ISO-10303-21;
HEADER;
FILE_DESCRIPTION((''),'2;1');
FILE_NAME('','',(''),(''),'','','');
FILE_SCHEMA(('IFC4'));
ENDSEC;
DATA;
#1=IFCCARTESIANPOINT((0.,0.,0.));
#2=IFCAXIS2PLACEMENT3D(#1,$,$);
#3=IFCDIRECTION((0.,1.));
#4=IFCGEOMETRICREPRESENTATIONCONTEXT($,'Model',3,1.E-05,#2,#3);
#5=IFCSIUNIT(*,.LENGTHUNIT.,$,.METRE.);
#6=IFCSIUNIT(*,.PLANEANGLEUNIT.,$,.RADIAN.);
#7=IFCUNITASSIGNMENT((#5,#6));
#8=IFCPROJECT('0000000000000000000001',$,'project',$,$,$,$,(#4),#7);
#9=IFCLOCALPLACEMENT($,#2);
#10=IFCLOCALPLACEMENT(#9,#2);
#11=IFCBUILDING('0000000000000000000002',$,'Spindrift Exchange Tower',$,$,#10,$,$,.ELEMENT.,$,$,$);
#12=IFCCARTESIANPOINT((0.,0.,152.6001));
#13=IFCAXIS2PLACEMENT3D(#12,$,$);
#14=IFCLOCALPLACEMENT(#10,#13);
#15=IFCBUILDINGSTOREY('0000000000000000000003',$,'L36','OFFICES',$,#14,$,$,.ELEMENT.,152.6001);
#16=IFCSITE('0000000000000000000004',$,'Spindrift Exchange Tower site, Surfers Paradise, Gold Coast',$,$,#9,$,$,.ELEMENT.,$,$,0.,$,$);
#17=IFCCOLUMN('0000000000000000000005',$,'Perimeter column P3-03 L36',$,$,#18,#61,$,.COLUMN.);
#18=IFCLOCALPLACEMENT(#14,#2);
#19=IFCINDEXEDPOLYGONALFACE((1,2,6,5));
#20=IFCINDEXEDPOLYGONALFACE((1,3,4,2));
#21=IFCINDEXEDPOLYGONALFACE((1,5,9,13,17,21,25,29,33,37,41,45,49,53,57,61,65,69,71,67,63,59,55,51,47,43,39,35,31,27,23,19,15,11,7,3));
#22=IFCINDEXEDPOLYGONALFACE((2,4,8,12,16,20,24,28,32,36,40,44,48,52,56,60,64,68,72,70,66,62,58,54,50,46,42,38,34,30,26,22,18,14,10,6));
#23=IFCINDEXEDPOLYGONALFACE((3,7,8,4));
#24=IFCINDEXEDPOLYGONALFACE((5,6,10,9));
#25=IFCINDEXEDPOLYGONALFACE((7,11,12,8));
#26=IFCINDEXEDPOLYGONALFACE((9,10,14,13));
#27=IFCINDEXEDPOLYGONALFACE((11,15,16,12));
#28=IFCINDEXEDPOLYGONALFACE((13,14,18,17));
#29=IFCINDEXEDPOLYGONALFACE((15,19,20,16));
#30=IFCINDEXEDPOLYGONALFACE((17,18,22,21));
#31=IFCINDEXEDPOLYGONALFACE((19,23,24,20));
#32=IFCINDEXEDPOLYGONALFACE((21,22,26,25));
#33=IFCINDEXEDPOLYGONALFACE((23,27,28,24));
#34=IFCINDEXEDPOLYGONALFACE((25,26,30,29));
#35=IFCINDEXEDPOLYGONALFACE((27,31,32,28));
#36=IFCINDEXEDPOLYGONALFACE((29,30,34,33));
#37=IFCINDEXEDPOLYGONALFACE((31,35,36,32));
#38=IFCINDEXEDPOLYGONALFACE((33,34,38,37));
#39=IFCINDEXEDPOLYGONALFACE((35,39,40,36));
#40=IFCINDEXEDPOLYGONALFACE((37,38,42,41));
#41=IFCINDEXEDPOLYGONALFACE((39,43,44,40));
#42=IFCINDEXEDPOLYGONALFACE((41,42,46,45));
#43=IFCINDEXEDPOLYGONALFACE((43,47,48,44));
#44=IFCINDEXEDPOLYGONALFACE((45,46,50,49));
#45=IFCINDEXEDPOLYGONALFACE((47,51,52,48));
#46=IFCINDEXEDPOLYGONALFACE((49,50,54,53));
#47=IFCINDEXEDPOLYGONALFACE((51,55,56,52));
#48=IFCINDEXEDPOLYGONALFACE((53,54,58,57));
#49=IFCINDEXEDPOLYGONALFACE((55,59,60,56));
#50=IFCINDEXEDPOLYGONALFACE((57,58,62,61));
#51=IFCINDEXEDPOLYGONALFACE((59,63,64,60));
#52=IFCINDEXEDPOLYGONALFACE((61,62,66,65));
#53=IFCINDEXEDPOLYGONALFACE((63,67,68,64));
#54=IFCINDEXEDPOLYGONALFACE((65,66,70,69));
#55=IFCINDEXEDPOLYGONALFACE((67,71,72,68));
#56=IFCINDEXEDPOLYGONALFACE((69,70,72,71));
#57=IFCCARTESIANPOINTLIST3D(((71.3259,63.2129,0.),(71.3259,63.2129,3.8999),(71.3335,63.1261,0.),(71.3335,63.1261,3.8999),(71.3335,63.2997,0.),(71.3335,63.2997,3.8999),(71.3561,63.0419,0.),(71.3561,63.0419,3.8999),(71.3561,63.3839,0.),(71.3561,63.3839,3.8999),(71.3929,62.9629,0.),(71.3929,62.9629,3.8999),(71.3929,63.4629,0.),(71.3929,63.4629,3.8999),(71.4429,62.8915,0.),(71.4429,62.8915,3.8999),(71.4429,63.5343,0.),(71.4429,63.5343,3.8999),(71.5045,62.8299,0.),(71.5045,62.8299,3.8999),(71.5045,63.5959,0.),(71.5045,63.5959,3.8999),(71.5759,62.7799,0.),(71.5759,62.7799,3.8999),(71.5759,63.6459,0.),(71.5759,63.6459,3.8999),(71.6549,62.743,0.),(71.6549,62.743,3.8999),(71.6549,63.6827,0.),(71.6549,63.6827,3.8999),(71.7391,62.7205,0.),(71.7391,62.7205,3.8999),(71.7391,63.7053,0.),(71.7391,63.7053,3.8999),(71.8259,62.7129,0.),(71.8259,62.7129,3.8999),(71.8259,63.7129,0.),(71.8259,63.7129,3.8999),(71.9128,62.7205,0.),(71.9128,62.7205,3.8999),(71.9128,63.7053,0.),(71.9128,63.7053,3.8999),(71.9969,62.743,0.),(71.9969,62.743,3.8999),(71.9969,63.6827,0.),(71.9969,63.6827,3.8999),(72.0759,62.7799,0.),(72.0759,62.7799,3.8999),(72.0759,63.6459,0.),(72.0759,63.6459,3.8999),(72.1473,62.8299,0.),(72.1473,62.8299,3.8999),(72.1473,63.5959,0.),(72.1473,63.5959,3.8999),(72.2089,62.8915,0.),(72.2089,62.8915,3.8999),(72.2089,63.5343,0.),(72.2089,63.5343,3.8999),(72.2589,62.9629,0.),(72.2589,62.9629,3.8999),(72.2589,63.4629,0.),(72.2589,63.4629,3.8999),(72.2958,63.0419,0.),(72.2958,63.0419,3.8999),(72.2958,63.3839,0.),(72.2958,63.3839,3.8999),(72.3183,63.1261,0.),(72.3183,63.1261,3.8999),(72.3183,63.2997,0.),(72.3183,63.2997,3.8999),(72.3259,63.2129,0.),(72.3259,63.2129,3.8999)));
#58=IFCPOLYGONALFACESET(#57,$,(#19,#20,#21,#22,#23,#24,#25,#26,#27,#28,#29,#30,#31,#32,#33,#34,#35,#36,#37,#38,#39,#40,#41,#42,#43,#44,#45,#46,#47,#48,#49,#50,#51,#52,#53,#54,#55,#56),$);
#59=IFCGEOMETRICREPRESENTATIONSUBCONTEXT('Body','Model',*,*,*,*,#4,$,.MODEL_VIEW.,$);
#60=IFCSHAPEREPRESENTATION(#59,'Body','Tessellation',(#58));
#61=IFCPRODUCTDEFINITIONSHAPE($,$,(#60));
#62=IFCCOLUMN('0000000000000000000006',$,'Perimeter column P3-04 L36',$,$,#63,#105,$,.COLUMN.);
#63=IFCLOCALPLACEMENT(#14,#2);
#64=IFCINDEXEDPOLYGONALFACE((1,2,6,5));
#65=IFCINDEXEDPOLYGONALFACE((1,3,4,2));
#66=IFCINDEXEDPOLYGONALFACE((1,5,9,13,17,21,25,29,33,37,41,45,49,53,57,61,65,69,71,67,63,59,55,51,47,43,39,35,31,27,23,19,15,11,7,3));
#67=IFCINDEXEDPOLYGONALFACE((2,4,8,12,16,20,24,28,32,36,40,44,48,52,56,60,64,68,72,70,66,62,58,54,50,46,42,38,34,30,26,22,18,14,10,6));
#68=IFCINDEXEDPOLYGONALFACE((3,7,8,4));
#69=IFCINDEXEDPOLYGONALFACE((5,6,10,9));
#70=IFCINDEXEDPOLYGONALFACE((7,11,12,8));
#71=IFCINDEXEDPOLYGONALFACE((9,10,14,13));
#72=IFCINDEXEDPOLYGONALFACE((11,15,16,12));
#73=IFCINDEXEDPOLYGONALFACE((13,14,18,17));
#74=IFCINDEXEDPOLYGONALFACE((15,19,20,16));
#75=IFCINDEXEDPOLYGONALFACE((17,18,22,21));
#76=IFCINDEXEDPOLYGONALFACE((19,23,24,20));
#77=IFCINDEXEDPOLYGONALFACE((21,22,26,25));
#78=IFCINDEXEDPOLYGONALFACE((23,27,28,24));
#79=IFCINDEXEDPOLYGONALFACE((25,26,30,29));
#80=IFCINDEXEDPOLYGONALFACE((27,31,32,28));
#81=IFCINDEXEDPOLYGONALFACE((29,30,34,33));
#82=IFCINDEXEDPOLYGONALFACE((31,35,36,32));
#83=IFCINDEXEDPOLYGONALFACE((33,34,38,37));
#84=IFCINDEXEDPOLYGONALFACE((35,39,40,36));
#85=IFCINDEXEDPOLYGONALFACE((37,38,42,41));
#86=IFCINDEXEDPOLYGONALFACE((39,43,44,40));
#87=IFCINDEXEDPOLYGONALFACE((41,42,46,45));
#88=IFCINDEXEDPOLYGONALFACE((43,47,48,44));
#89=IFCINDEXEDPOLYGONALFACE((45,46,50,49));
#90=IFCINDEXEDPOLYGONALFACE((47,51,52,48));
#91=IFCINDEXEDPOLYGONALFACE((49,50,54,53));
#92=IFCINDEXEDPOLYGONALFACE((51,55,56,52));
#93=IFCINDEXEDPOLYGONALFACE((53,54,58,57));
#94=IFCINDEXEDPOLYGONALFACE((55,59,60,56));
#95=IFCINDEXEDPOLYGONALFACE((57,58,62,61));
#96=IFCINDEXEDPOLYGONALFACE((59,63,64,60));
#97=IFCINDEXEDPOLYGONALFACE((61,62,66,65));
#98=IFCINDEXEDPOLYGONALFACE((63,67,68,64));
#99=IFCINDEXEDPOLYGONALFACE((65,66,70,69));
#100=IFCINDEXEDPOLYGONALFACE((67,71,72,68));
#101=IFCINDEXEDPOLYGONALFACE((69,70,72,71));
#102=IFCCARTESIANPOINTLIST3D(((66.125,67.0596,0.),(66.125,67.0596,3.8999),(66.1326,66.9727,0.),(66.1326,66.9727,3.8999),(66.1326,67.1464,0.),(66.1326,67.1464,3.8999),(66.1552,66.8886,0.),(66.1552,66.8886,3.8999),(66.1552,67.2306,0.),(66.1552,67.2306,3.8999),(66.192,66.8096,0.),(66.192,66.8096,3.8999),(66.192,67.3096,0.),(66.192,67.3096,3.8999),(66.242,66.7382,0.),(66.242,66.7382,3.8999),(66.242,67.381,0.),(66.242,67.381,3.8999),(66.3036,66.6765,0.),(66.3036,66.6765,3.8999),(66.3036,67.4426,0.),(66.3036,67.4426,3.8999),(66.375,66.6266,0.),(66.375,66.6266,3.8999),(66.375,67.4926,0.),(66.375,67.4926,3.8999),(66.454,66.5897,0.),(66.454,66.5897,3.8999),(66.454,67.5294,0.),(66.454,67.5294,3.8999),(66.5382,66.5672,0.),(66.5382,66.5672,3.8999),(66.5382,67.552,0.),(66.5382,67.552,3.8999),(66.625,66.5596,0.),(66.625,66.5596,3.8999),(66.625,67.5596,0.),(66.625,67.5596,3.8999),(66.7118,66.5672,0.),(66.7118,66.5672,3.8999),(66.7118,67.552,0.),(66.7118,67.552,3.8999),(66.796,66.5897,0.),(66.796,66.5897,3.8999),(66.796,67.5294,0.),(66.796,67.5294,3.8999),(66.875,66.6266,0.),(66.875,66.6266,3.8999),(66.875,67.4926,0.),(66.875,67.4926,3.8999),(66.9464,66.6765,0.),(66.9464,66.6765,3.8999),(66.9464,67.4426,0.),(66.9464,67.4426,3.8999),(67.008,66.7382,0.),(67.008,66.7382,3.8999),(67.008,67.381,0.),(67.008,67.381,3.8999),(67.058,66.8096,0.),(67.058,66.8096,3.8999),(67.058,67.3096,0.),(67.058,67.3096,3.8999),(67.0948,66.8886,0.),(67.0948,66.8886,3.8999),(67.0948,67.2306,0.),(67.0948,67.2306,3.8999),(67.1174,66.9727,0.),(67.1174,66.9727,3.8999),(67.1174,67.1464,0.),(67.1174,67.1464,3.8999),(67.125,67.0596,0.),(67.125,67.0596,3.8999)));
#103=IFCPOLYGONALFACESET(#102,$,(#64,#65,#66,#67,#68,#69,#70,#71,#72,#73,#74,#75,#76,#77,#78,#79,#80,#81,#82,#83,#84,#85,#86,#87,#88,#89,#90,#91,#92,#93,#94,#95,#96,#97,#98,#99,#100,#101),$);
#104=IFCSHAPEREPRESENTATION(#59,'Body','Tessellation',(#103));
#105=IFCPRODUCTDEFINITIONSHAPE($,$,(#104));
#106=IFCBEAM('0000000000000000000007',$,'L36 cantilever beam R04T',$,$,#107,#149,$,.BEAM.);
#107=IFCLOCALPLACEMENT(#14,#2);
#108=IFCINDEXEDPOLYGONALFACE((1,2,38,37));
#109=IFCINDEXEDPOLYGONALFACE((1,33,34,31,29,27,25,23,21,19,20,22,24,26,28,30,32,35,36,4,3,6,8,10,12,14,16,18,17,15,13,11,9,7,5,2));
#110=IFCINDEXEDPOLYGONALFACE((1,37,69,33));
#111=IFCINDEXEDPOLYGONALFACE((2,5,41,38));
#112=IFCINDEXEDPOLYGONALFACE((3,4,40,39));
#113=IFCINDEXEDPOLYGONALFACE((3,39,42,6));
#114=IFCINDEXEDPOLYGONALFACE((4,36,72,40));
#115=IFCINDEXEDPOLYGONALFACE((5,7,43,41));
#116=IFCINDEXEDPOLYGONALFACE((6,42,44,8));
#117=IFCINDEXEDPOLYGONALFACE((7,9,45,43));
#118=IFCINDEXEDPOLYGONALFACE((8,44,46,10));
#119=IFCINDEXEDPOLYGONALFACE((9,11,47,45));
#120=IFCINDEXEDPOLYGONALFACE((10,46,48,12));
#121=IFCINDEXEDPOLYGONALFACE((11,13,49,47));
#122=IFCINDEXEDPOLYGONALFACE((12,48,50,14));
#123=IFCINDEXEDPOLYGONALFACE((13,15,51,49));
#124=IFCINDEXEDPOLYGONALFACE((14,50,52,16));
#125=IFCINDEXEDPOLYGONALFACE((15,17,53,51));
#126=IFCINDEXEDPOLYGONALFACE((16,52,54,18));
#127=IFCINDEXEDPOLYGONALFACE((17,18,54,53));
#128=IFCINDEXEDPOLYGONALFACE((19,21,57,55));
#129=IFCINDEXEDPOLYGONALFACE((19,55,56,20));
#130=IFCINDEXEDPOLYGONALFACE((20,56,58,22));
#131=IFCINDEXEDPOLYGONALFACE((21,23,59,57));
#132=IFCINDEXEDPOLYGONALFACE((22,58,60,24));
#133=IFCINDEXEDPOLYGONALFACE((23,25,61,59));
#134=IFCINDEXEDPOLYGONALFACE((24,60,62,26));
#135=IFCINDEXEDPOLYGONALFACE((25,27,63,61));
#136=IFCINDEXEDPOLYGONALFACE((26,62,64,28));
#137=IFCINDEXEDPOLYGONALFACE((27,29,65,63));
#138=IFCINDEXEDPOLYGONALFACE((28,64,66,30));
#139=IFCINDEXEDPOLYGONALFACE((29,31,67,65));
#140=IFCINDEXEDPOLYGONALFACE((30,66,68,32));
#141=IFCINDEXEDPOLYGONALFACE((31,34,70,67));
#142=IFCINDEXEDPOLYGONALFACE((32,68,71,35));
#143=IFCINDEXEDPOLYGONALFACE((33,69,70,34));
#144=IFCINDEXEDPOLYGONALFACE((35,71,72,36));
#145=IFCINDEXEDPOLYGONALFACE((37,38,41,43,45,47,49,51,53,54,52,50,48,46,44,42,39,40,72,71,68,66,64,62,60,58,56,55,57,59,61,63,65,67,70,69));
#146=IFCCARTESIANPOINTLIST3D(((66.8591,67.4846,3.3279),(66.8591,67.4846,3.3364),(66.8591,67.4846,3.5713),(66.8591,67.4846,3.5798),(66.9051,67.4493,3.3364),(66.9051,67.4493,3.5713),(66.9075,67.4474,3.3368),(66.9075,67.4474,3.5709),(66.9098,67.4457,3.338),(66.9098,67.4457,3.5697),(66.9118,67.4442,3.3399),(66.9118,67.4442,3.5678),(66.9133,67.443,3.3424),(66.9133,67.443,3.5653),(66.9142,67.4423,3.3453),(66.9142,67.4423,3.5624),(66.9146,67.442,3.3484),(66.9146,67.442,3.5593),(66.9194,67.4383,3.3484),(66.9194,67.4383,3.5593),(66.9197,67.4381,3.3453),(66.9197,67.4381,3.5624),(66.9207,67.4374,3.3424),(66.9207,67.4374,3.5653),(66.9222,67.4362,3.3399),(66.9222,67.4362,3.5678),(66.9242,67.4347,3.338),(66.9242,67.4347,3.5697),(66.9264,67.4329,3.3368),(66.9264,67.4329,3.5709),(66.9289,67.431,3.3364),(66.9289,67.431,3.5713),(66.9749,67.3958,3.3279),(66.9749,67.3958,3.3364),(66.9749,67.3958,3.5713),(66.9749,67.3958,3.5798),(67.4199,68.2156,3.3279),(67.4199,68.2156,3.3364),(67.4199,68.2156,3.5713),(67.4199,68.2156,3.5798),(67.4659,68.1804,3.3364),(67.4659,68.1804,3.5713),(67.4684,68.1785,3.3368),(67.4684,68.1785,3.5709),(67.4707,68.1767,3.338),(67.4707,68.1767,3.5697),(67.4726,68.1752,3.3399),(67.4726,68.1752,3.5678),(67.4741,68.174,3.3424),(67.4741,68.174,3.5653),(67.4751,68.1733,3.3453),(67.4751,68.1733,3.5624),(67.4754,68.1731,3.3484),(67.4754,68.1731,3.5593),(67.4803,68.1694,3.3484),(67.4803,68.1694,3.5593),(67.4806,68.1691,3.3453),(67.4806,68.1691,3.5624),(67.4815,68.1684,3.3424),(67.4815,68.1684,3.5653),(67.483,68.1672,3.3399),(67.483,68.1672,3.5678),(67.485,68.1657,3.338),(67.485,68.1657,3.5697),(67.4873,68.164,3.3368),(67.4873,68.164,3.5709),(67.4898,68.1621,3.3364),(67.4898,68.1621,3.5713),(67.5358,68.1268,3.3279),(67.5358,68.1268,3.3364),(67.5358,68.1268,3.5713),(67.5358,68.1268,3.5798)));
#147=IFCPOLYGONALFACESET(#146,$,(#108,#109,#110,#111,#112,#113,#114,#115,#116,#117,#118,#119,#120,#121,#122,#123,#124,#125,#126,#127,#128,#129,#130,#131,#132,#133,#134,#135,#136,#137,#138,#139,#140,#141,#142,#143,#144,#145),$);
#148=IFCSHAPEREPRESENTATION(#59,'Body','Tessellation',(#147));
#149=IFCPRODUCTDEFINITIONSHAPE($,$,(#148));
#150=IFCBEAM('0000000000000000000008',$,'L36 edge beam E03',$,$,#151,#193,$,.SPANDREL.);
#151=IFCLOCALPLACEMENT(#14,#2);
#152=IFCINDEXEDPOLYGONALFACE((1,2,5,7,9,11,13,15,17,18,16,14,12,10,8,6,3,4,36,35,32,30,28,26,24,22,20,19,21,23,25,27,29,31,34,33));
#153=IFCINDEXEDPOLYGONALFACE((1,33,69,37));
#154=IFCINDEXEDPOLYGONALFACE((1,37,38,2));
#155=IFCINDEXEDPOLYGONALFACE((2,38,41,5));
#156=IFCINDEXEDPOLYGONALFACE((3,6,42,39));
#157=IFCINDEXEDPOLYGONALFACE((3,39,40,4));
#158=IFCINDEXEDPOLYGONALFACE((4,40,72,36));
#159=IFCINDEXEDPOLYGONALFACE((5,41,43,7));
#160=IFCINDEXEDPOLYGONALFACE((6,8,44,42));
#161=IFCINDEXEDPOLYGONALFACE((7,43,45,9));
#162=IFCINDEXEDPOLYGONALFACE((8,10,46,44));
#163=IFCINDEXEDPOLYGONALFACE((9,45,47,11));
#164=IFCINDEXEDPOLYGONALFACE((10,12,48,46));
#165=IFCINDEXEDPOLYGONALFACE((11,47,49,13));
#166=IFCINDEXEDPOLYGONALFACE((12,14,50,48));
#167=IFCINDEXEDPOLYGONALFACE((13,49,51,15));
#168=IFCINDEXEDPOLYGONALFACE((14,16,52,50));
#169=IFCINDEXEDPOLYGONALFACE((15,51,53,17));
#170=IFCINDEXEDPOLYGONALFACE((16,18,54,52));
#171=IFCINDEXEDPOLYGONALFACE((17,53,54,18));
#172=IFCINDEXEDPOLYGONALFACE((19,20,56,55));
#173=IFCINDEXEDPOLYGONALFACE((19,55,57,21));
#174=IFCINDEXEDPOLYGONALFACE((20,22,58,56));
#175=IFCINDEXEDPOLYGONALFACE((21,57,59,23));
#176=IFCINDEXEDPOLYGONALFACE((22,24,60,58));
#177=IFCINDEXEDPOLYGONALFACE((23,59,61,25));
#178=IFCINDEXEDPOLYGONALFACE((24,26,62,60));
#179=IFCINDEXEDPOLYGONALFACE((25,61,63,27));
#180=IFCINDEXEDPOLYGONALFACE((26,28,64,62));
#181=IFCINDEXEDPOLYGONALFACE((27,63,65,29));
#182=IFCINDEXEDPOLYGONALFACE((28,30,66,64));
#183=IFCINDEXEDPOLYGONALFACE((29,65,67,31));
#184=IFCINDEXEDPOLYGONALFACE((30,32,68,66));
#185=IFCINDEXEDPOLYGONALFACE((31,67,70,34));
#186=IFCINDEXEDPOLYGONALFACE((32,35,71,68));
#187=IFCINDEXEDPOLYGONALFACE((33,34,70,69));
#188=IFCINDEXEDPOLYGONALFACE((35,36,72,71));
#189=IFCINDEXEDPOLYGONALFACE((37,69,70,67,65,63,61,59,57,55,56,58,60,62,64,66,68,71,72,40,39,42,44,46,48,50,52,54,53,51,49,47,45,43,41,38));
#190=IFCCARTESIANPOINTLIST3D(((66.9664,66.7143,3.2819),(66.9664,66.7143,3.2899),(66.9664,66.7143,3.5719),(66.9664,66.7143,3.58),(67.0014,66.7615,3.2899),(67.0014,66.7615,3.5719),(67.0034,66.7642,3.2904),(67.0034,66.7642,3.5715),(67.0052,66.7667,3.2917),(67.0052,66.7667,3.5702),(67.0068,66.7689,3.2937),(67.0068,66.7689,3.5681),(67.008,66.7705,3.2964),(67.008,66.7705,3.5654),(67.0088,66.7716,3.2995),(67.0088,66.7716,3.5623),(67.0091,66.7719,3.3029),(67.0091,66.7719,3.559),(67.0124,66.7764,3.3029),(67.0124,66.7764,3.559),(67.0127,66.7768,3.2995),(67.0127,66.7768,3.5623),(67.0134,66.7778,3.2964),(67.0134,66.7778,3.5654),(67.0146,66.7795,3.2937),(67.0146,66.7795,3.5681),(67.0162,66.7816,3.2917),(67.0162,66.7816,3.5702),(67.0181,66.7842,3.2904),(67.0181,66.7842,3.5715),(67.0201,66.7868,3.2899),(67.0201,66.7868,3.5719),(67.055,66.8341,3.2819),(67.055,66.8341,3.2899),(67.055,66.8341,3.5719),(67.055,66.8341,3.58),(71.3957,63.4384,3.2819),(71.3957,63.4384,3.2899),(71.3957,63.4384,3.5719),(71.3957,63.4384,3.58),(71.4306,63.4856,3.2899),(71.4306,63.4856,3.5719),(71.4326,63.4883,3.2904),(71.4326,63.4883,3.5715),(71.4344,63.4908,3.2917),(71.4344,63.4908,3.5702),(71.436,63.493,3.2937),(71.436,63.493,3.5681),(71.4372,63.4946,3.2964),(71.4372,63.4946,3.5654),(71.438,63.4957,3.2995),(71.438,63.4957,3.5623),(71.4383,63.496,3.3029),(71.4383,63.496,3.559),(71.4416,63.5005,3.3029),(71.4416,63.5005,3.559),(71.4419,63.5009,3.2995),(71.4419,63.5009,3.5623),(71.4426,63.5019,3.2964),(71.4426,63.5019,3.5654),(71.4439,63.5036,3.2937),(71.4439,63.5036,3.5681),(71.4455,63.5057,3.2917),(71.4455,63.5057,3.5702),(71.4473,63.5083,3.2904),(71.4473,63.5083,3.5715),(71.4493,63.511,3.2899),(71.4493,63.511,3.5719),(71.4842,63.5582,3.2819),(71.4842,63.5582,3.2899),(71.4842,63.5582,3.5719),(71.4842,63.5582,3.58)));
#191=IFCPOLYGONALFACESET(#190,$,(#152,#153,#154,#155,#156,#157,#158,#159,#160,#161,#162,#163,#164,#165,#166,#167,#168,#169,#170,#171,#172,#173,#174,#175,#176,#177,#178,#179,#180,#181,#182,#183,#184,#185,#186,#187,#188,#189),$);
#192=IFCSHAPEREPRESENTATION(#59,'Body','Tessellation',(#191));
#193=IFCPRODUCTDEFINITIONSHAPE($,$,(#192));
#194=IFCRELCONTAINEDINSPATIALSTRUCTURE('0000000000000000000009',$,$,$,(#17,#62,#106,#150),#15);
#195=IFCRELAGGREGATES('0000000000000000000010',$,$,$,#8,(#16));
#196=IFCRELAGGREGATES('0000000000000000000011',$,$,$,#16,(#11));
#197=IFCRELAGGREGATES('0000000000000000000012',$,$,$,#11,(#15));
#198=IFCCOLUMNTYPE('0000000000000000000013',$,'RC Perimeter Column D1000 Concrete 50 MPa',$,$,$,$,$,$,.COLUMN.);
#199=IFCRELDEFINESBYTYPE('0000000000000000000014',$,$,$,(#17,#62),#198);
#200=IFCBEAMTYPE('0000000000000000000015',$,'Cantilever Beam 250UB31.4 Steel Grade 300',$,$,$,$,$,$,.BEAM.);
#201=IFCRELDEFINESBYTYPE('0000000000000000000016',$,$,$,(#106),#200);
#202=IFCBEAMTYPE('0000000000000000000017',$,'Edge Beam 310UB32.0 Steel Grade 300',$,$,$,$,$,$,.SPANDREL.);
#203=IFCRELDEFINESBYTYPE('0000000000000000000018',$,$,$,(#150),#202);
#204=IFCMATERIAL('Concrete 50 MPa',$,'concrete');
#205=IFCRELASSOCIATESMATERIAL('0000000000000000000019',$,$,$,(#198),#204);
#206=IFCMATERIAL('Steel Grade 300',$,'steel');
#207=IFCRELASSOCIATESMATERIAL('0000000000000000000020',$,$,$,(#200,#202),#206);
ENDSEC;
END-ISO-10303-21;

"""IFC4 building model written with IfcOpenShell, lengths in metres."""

from ifc_helpers import new_model, si_unit, direction, frame, origin, origin_2d, place, context, subcontext, project, spatial, circle, i_section, extrude, source, transform, mapped, material, material_profile, profile_set, type_object, element, save


model = new_model("IFC4")

# Units and contexts
model_context = context("Model", 3, precision=1e-05, world=origin(), true_north=direction((0.0, 1.0)))
body_context = subcontext(model_context, "Body", "Model", "MODEL_VIEW")
ifc_project = project(units=[si_unit("LENGTHUNIT", "METRE"), si_unit("PLANEANGLEUNIT", "RADIAN")], contexts=[model_context])

# Site, building, storey
site_placement = place(None, origin())
site = spatial("IfcSite", under=ifc_project, at=site_placement, Name="Spindrift Exchange Tower site, Surfers Paradise, Gold Coast", CompositionType="ELEMENT", RefElevation=0.0)
building_placement = place(site_placement, origin())
building = spatial("IfcBuilding", under=site, at=building_placement, Name="Spindrift Exchange Tower", CompositionType="ELEMENT")
storey_placement = place(building_placement, frame((0.0, 0.0, 152.6001)))
storey = spatial("IfcBuildingStorey", under=building, at=storey_placement, Name="L36", Description="OFFICES", CompositionType="ELEMENT", Elevation=152.6001)

# Columns
ifc_material_1 = material(Name="Concrete 50 MPa", Category="concrete")
ifc_material_profile_1 = material_profile(ifc_material_1, circle(Radius=0.5, at=origin_2d()), Name="RC D1000")
ifc_profile_set_1 = profile_set([ifc_material_profile_1], Name="Concrete 50 MPa")
column_type = type_object("IfcColumnType", Name="RC Perimeter Column D1000 Concrete 50 MPa", PredefinedType="COLUMN", material=ifc_profile_set_1)
shared_shape_1 = source(origin(), body_context, "Body", "SweptSolid", [
    extrude(circle(Radius=0.5, at=origin_2d()), origin(), (0.0, 0.0, 1.0), 3.8999),
])
for number, where, z_axis, x_axis, name in (
    (1, (71.8259, 63.2129, 0.0), (0.0, 0.0, 1.0), (1.0, 0.0, 0.0), "Perimeter column P3-03 L36"),
    (2, (66.625, 67.0596, 0.0), (0.0, 0.0, 1.0), (1.0, 0.0, 0.0), "Perimeter column P3-04 L36"),
):
    element("IfcColumn", number, at=place(storey_placement, frame(where, z_axis=z_axis, x_axis=x_axis)), inside=storey, type_object=column_type, Name=name, PredefinedType="COLUMN", context=body_context, shape_type="MappedRepresentation", body=[
        mapped(shared_shape_1, transform((0.0, 0.0, 0.0), scale=1.0)),
    ])

# Beams
ifc_material_2 = material(Name="Steel Grade 300", Category="steel")
ifc_material_profile_2 = material_profile(ifc_material_2, i_section(OverallWidth=0.146, OverallDepth=0.252, WebThickness=0.0061, FlangeThickness=0.0085, FilletRadius=0.012, at=origin_2d()), Name="250UB31.4")
ifc_profile_set_2 = profile_set([ifc_material_profile_2], Name="Steel Grade 300")
beam_type_1 = type_object("IfcBeamType", Name="Cantilever Beam 250UB31.4 Steel Grade 300", PredefinedType="BEAM", material=ifc_profile_set_2)
shared_shape_2 = source(origin(), body_context, "Body", "SweptSolid", [
    extrude(i_section(OverallWidth=0.146, OverallDepth=0.252, WebThickness=0.0061, FlangeThickness=0.0085, FilletRadius=0.012, at=origin_2d()), origin(), (0.0, 0.0, 1.0), 0.9214),
])
beam_1_placement = place(storey_placement, frame((66.917, 67.4402, 3.4539), z_axis=(0.608699, 0.793402, 0.0), x_axis=(-0.793402, 0.608699, 0.0)))
element("IfcBeam", 3, at=beam_1_placement, inside=storey, type_object=beam_type_1, Name="L36 cantilever beam R04T", PredefinedType="BEAM", context=body_context, shape_type="MappedRepresentation", body=[
    mapped(shared_shape_2, transform((0.0, 0.0, 0.0), scale=1.0)),
])
ifc_material_profile_3 = material_profile(ifc_material_2, i_section(OverallWidth=0.1489, OverallDepth=0.2981, WebThickness=0.0056, FlangeThickness=0.0081, FilletRadius=0.0129, at=origin_2d()), Name="310UB32.0")
ifc_profile_set_3 = profile_set([ifc_material_profile_3], Name="Steel Grade 300")
beam_type_2 = type_object("IfcBeamType", Name="Edge Beam 310UB32.0 Steel Grade 300", PredefinedType="SPANDREL", material=ifc_profile_set_3)
shared_shape_3 = source(origin(), body_context, "Body", "SweptSolid", [
    extrude(i_section(OverallWidth=0.1489, OverallDepth=0.2981, WebThickness=0.0056, FlangeThickness=0.0081, FilletRadius=0.0129, at=origin_2d()), origin(), (0.0, 0.0, 1.0), 5.509),
])
beam_2_placement = place(storey_placement, frame((71.4399, 63.4983, 3.4309), z_axis=(-0.803992, 0.59464, 0.0), x_axis=(-0.59464, -0.803992, 0.0)))
element("IfcBeam", 4, at=beam_2_placement, inside=storey, type_object=beam_type_2, Name="L36 edge beam E03", PredefinedType="SPANDREL", context=body_context, shape_type="MappedRepresentation", body=[
    mapped(shared_shape_3, transform((0.0, 0.0, 0.0), scale=1.0)),
])

save(model, "model.ifc")
